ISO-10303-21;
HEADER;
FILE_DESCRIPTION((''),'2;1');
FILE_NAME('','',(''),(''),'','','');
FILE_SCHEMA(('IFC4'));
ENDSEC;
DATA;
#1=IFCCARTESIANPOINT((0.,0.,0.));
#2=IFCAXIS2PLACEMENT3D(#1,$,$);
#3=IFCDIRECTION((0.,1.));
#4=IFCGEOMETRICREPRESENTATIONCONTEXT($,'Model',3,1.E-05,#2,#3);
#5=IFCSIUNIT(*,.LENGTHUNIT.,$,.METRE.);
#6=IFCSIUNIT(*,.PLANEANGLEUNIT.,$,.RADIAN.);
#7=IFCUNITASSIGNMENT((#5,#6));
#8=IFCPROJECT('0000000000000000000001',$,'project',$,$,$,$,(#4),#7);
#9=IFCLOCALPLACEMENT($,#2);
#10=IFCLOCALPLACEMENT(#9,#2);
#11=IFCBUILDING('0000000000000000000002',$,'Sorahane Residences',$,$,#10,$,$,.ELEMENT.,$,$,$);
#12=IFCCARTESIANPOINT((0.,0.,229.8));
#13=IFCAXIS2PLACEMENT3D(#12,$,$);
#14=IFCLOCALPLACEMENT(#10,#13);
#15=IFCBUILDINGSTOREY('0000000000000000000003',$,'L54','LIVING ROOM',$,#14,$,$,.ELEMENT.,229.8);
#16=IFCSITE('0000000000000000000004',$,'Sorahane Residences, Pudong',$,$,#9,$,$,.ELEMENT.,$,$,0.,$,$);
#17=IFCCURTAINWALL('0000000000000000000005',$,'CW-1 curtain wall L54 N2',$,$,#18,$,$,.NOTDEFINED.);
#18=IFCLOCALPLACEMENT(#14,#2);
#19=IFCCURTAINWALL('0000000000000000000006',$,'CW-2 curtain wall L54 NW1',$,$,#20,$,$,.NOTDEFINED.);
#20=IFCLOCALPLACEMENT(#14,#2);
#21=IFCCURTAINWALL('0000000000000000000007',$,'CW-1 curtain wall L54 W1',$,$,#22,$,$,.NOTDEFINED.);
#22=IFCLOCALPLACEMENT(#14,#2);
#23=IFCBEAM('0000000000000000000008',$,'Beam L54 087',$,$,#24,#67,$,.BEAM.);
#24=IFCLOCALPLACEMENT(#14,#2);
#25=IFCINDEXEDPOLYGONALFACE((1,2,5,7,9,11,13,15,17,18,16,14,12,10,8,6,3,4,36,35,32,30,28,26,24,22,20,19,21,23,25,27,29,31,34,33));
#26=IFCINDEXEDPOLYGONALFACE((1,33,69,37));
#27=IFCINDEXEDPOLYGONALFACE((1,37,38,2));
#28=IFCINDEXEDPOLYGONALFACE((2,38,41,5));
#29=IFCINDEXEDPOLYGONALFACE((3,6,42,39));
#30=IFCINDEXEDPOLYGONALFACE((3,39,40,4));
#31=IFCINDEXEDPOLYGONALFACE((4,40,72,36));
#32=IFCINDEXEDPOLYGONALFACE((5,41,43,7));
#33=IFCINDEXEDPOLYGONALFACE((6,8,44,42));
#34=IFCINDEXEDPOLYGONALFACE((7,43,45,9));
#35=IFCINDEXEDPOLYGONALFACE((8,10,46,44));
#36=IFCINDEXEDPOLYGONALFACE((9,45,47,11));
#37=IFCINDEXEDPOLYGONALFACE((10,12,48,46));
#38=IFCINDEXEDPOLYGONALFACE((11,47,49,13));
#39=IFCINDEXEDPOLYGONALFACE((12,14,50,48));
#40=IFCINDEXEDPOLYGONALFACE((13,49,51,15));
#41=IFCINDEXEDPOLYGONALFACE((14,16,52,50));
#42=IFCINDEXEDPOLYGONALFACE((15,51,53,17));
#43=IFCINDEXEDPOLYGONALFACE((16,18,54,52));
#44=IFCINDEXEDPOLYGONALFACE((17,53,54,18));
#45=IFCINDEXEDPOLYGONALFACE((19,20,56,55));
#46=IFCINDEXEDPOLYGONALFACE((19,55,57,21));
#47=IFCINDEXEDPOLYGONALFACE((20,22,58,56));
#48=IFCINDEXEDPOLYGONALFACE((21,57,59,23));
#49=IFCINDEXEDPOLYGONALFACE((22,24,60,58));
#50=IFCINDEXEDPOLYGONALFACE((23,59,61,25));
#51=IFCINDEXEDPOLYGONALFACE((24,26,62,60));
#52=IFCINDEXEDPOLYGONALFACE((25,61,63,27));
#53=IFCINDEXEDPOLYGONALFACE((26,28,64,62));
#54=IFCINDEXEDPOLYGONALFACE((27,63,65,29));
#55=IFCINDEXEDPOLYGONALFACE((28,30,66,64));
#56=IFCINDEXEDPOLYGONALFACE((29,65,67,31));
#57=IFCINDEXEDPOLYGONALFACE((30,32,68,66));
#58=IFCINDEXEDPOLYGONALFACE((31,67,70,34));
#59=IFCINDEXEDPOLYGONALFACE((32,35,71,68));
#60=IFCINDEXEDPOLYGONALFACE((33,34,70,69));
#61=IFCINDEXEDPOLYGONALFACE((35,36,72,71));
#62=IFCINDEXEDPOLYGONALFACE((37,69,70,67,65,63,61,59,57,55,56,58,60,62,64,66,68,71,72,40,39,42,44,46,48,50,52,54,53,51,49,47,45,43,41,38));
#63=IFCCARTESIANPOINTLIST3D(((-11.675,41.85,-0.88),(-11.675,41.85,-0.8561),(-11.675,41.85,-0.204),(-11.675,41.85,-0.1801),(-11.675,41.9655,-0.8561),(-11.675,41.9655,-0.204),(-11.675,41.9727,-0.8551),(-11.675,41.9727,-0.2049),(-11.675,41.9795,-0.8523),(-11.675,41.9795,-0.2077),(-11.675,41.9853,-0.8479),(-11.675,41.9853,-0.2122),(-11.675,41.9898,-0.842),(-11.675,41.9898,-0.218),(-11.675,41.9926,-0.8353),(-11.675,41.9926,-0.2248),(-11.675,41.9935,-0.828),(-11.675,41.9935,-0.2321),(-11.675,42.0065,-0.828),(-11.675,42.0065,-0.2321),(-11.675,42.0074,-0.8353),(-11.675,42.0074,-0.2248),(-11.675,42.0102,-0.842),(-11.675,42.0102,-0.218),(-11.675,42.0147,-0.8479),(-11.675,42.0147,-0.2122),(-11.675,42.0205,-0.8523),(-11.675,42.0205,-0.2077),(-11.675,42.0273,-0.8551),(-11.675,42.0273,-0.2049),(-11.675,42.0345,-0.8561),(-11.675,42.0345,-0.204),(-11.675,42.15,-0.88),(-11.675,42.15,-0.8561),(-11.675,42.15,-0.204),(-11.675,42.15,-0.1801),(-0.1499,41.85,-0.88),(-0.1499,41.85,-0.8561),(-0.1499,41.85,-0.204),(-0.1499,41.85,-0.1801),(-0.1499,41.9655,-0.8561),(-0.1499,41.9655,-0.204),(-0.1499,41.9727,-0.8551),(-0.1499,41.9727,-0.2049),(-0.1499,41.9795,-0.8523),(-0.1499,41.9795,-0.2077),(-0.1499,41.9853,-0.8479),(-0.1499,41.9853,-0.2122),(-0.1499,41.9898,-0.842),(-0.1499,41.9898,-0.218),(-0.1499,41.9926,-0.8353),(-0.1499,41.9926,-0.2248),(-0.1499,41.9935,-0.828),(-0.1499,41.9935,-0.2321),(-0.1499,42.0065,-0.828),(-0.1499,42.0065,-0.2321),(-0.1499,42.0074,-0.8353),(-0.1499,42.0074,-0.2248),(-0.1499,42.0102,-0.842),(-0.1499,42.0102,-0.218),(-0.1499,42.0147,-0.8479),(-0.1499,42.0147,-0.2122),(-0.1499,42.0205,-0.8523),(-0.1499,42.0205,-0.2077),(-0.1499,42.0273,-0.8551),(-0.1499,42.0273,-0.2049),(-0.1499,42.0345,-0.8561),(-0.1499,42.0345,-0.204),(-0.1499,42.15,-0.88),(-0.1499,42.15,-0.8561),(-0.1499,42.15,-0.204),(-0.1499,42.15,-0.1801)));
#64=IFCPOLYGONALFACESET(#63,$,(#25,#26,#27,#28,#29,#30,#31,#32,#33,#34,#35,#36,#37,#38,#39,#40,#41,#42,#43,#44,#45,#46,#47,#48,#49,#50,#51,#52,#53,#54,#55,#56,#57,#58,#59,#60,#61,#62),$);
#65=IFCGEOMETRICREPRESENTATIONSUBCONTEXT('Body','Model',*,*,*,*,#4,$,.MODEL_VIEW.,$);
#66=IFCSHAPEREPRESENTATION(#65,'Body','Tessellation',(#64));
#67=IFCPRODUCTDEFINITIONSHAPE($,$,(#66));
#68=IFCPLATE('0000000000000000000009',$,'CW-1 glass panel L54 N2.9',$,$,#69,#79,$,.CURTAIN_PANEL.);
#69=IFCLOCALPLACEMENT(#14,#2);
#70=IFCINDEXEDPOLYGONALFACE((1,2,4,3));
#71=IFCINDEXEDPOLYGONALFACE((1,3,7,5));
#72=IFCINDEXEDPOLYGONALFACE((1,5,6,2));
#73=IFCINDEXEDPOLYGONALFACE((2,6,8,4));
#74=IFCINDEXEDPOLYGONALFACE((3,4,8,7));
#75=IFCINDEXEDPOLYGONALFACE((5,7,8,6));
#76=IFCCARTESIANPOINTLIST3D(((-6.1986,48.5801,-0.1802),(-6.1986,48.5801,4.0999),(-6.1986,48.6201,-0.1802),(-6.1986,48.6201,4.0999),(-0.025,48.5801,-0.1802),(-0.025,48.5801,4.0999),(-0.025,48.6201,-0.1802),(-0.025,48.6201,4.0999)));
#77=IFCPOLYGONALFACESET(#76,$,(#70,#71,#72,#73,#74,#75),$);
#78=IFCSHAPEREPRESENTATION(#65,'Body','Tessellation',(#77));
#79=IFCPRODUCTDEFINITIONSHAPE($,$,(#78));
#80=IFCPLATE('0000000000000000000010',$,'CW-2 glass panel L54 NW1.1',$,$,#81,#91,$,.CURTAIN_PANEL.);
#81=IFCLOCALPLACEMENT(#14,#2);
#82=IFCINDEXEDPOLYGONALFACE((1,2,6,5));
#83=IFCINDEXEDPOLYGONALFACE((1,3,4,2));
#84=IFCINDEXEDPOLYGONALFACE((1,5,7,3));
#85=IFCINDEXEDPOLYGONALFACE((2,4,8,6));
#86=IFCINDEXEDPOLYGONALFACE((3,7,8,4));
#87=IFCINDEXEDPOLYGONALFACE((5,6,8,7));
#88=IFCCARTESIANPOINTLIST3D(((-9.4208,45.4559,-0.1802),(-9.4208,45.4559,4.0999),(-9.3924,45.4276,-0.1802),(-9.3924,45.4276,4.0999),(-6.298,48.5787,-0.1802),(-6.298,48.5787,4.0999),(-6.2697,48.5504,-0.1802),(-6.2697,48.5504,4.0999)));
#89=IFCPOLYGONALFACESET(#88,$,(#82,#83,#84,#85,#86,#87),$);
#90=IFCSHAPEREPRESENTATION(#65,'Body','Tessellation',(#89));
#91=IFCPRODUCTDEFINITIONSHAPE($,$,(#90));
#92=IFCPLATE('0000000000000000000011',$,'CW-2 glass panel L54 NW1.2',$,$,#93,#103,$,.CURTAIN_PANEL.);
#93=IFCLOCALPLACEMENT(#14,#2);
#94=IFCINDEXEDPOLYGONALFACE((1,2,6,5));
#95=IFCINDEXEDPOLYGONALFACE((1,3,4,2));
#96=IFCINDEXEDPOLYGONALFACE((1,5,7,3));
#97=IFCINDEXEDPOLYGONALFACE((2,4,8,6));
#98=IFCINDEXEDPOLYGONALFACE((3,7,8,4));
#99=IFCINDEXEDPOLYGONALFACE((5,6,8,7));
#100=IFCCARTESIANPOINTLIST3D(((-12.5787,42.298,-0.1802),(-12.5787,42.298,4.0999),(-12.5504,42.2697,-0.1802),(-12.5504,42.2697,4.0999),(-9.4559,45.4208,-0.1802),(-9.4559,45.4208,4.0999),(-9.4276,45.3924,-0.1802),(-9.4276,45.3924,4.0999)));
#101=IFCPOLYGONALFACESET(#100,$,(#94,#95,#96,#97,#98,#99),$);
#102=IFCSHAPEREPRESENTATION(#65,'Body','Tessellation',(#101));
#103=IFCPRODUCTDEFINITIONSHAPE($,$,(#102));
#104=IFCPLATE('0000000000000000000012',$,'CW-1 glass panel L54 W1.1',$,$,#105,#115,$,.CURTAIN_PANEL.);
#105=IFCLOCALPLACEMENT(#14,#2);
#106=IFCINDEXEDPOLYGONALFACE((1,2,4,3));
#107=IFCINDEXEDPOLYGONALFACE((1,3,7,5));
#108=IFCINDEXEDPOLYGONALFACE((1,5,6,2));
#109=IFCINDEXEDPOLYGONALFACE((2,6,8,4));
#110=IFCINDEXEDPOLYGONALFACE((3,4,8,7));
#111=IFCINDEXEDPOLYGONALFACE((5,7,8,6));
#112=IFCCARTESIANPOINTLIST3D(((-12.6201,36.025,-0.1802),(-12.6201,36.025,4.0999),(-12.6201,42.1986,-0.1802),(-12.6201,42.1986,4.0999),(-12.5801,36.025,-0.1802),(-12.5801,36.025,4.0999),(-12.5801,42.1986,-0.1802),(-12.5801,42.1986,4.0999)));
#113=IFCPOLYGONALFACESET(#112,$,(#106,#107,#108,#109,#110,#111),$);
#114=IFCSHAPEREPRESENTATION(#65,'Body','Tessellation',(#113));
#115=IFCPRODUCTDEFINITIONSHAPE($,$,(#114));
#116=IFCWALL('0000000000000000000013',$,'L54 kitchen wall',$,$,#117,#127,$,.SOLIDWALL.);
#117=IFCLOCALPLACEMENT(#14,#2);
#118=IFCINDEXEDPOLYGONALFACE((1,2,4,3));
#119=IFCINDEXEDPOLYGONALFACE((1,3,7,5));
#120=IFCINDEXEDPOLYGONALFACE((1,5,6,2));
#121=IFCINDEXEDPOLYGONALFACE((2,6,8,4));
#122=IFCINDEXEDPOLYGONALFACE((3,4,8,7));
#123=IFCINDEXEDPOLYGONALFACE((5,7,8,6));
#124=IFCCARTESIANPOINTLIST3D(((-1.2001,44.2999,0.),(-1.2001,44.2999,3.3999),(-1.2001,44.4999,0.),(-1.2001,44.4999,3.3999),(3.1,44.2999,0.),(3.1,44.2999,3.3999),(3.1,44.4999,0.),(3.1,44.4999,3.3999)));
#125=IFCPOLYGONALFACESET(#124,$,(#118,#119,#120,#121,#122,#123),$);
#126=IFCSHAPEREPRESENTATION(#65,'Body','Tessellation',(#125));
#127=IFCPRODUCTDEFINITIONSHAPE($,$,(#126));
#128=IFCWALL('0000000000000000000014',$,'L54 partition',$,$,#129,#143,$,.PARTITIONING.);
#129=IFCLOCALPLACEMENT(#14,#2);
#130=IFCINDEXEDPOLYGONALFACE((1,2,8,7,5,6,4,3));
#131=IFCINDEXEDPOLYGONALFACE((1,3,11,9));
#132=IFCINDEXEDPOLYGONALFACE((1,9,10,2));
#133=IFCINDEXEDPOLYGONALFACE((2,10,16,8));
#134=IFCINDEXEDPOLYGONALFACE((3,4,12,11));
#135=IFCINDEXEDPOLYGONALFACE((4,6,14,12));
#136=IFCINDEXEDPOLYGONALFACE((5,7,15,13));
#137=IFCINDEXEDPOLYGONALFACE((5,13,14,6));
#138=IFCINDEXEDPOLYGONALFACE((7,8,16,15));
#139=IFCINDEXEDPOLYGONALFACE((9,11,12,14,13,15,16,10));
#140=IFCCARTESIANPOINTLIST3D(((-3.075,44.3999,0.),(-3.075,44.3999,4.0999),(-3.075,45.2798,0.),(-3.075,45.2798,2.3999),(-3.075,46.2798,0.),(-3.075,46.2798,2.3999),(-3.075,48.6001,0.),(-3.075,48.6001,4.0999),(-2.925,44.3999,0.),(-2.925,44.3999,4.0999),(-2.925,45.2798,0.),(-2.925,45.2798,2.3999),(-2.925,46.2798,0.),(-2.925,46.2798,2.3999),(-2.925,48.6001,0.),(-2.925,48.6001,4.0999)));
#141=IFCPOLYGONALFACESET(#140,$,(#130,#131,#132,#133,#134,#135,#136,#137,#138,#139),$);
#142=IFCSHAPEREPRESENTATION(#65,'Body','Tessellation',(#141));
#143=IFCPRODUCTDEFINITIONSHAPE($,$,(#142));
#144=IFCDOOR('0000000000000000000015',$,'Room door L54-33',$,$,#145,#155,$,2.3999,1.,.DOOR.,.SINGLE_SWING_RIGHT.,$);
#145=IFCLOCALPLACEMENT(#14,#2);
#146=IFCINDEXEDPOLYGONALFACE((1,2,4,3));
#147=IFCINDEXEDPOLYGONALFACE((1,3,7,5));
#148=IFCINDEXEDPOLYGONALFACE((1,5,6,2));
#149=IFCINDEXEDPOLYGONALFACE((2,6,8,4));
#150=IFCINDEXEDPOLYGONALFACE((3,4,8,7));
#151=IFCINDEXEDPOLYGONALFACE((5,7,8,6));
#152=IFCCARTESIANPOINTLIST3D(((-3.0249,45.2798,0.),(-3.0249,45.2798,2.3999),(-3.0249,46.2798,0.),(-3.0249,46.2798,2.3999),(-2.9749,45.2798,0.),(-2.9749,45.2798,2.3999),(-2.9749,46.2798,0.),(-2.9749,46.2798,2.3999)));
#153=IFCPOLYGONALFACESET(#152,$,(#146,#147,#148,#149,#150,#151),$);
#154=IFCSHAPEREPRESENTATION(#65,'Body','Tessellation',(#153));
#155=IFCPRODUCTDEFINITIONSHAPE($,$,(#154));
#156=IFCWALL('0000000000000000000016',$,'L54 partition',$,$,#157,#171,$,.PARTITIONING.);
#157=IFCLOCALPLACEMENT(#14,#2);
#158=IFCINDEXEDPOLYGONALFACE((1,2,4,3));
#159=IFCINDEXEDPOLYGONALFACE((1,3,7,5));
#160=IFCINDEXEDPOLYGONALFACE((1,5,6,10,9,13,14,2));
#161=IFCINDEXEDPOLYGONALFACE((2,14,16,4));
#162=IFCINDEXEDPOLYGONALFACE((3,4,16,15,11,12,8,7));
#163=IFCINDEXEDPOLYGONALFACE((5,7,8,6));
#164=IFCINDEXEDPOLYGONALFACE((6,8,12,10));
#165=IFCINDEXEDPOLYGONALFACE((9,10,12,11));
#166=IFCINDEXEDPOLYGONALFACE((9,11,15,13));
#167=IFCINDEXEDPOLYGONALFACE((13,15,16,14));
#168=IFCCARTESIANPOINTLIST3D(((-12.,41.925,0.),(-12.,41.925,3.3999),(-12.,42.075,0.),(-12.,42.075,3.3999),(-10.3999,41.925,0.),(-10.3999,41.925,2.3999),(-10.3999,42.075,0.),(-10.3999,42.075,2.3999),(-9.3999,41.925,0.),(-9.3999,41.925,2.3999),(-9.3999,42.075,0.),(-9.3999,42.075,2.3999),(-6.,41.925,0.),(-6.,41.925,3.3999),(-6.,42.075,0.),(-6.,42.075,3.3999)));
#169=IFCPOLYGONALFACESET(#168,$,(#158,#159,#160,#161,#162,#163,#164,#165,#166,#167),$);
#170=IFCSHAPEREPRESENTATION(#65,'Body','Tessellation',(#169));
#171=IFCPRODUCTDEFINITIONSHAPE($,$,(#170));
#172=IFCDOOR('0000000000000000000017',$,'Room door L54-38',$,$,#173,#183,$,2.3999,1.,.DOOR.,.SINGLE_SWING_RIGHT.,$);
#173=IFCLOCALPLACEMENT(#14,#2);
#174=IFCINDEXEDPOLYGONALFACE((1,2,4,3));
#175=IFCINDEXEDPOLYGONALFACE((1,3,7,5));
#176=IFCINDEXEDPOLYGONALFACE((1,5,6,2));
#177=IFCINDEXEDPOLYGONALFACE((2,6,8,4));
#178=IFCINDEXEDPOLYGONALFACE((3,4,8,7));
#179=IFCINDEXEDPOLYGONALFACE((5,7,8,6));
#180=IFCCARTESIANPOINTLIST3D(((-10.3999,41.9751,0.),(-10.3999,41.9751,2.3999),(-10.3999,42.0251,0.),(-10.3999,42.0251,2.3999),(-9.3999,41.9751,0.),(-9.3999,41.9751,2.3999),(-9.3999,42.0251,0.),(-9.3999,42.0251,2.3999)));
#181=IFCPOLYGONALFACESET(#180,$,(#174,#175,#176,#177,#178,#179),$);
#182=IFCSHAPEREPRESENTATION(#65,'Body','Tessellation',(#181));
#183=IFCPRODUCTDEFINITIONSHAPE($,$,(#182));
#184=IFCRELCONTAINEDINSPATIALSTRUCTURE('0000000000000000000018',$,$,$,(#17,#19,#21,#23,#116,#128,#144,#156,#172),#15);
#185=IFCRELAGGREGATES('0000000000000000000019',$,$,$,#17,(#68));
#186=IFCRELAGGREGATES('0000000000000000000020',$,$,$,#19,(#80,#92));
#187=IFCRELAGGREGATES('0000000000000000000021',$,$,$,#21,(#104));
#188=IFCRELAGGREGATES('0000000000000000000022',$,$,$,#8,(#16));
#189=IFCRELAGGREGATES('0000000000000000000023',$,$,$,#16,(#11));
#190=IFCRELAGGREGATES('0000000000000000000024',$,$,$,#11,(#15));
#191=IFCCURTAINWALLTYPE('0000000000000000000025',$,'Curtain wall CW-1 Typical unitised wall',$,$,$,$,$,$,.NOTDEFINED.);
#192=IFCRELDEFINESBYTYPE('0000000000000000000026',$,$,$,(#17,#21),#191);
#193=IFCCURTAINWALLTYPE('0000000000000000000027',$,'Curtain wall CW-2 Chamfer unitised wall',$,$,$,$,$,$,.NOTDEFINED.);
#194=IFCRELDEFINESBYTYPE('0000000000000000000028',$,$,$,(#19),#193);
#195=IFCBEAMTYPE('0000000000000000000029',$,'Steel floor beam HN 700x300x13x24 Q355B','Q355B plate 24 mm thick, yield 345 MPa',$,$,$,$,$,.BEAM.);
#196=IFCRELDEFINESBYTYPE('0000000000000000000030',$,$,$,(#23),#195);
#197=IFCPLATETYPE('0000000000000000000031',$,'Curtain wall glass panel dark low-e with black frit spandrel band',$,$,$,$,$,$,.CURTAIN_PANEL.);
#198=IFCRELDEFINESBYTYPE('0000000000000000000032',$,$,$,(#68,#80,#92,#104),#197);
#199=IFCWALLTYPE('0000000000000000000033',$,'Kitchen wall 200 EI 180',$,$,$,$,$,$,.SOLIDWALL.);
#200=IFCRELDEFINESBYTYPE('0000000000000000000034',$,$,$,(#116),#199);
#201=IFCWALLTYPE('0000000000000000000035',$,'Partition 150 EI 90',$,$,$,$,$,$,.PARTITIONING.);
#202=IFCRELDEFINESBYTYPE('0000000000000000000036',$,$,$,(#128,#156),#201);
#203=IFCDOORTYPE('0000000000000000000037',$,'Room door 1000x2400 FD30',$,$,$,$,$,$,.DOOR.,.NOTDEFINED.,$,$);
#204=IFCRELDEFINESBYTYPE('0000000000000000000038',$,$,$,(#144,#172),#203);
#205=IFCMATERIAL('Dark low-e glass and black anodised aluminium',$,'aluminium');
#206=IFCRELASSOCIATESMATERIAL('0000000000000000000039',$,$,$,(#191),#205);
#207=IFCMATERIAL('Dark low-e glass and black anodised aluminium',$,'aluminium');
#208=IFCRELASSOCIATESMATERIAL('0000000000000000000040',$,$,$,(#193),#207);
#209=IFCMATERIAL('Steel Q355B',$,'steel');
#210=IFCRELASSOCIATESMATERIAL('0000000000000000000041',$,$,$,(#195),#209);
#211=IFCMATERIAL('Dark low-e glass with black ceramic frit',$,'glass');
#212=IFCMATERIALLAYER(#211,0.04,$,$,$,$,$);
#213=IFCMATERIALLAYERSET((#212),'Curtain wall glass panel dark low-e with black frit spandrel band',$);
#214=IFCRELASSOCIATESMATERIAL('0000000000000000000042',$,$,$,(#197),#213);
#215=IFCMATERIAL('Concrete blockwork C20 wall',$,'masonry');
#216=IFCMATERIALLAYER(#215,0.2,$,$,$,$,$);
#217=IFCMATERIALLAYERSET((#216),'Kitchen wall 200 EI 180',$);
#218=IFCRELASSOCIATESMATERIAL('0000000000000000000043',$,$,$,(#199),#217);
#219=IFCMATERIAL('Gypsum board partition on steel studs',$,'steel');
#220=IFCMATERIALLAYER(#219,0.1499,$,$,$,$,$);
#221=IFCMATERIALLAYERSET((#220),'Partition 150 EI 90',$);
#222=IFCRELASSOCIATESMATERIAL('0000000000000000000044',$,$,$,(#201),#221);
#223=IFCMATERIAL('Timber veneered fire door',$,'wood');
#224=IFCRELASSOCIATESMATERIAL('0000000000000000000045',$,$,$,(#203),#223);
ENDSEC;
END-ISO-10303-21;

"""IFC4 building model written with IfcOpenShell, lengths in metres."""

from ifc_helpers import new_model, si_unit, direction, frame, frame_2d, origin, origin_2d, place, context, subcontext, project, spatial, rectangle, i_section, extrude, material, layer, layer_set, material_profile, profile_set, type_object, element, fill, aggregate, save


model = new_model("IFC4")

# Units and contexts
model_context = context("Model", 3, precision=1e-05, world=origin(), true_north=direction((0.0, 1.0)))
body_context = subcontext(model_context, "Body", "Model", "MODEL_VIEW")
ifc_project = project(units=[si_unit("LENGTHUNIT", "METRE"), si_unit("PLANEANGLEUNIT", "RADIAN")], contexts=[model_context])

# Site, building, storey
site_placement = place(None, origin())
site = spatial("IfcSite", under=ifc_project, at=site_placement, Name="Sorahane Residences, Pudong", CompositionType="ELEMENT", RefElevation=0.0)
building_placement = place(site_placement, origin())
building = spatial("IfcBuilding", under=site, at=building_placement, Name="Sorahane Residences", CompositionType="ELEMENT")
storey_placement = place(building_placement, frame((0.0, 0.0, 229.8)))
storey = spatial("IfcBuildingStorey", under=building, at=storey_placement, Name="L54", Description="LIVING ROOM", CompositionType="ELEMENT", Elevation=229.8)

# Curtain walls
ifc_material_1 = material(Name="Dark low-e glass and black anodised aluminium", Category="aluminium")
curtain_wall_type_1 = type_object("IfcCurtainWallType", Name="Curtain wall CW-1 Typical unitised wall", PredefinedType="NOTDEFINED", material=ifc_material_1)
curtain_wall_1_placement = place(storey_placement, origin())
curtain_wall_1 = element("IfcCurtainWall", 1, at=curtain_wall_1_placement, inside=storey, type_object=curtain_wall_type_1, Name="CW-1 curtain wall L54 N2", PredefinedType="NOTDEFINED")
ifc_material_2 = material(Name="Dark low-e glass and black anodised aluminium", Category="aluminium")
curtain_wall_type_2 = type_object("IfcCurtainWallType", Name="Curtain wall CW-2 Chamfer unitised wall", PredefinedType="NOTDEFINED", material=ifc_material_2)
curtain_wall_2_placement = place(storey_placement, origin())
curtain_wall_2 = element("IfcCurtainWall", 2, at=curtain_wall_2_placement, inside=storey, type_object=curtain_wall_type_2, Name="CW-2 curtain wall L54 NW1", PredefinedType="NOTDEFINED")

# Curtain wall
curtain_wall_3_placement = place(storey_placement, origin())
curtain_wall_3 = element("IfcCurtainWall", 3, at=curtain_wall_3_placement, inside=storey, type_object=curtain_wall_type_1, Name="CW-1 curtain wall L54 W1", PredefinedType="NOTDEFINED")

# Beam
ifc_material_3 = material(Name="Steel Q355B", Category="steel")
ifc_material_profile_1 = material_profile(ifc_material_3, i_section(OverallWidth=0.3, OverallDepth=0.7, WebThickness=0.0129, FlangeThickness=0.0239, FilletRadius=0.0281, at=origin_2d()), Name="HN 700x300x13x24")
ifc_profile_set_1 = profile_set([ifc_material_profile_1], Name="Steel Q355B")
beam_type_1 = type_object("IfcBeamType", Name="Steel floor beam HN 700x300x13x24 Q355B", Description="Q355B plate 24 mm thick, yield 345 MPa", PredefinedType="BEAM", material=ifc_profile_set_1)
beam_1_placement = place(storey_placement, frame((-11.675, 42.0, -0.53), z_axis=(1.0, 0.0, 0.0), x_axis=(0.0, 1.0, 0.0)))
element("IfcBeam", 4, at=beam_1_placement, inside=storey, type_object=beam_type_1, Name="Beam L54 087", PredefinedType="BEAM", context=body_context, shape_type="SweptSolid", body=[
    extrude(i_section(OverallWidth=0.3, OverallDepth=0.7, WebThickness=0.0129, FlangeThickness=0.0239, FilletRadius=0.0281, at=origin_2d()), origin(), (0.0, 0.0, 1.0), 11.5251),
])

# Plates
ifc_material_4 = material(Name="Dark low-e glass with black ceramic frit", Category="glass")
ifc_layer_1 = layer(ifc_material_4, 0.04)
ifc_layer_set_1 = layer_set([ifc_layer_1], Name="Curtain wall glass panel dark low-e with black frit spandrel band")
plate_type = type_object("IfcPlateType", Name="Curtain wall glass panel dark low-e with black frit spandrel band", PredefinedType="CURTAIN_PANEL", material=ifc_layer_set_1)
plate_1_placement = place(storey_placement, frame((-3.1118, 48.6001, -0.1802), z_axis=(0.0, 0.0, 1.0), x_axis=(-1.0, 0.0, 0.0)))
plate_1 = element("IfcPlate", 5, at=plate_1_placement, type_object=plate_type, Name="CW-1 glass panel L54 N2.9", PredefinedType="CURTAIN_PANEL", context=body_context, shape_type="SweptSolid", body=[
    extrude(rectangle(XDim=6.1736, YDim=0.04, at=origin_2d()), origin(), (0.0, 0.0, 1.0), 4.28),
])
aggregate(curtain_wall_1, [plate_1])
plate_2_placement = place(storey_placement, frame((-7.8452, 47.0032, -0.1802), z_axis=(0.0, 0.0, 1.0), x_axis=(-0.707107, -0.707107, 0.0)))
plate_2 = element("IfcPlate", 6, at=plate_2_placement, type_object=plate_type, Name="CW-2 glass panel L54 NW1.1", PredefinedType="CURTAIN_PANEL", context=body_context, shape_type="SweptSolid", body=[
    extrude(rectangle(XDim=4.4163, YDim=0.04, at=origin_2d()), origin(), (0.0, 0.0, 1.0), 4.28),
])
plate_3_placement = place(storey_placement, frame((-11.0032, 43.8452, -0.1802), z_axis=(0.0, 0.0, 1.0), x_axis=(-0.707107, -0.707107, 0.0)))
plate_3 = element("IfcPlate", 7, at=plate_3_placement, type_object=plate_type, Name="CW-2 glass panel L54 NW1.2", PredefinedType="CURTAIN_PANEL", context=body_context, shape_type="SweptSolid", body=[
    extrude(rectangle(XDim=4.4163, YDim=0.04, at=origin_2d()), origin(), (0.0, 0.0, 1.0), 4.28),
])
aggregate(curtain_wall_2, [plate_2, plate_3])
plate_4_placement = place(storey_placement, frame((-12.6001, 39.1118, -0.1802), z_axis=(0.0, 0.0, 1.0), x_axis=(0.0, -1.0, 0.0)))
plate_4 = element("IfcPlate", 8, at=plate_4_placement, type_object=plate_type, Name="CW-1 glass panel L54 W1.1", PredefinedType="CURTAIN_PANEL", context=body_context, shape_type="SweptSolid", body=[
    extrude(rectangle(XDim=6.1736, YDim=0.04, at=origin_2d()), origin(), (0.0, 0.0, 1.0), 4.28),
])
aggregate(curtain_wall_3, [plate_4])

# Shared definitions
ifc_material_5 = material(Name="Concrete blockwork C20 wall", Category="masonry")
ifc_layer_2 = layer(ifc_material_5, 0.2)
ifc_layer_set_2 = layer_set([ifc_layer_2], Name="Kitchen wall 200 EI 180")
wall_type_1 = type_object("IfcWallType", Name="Kitchen wall 200 EI 180", PredefinedType="SOLIDWALL", material=ifc_layer_set_2)

# Wall
wall_1_placement = place(storey_placement, frame((-1.2, 44.3999, 0.0), z_axis=(0.0, 0.0, 1.0), x_axis=(1.0, 0.0, 0.0)))
element("IfcWall", 9, at=wall_1_placement, inside=storey, type_object=wall_type_1, Name="L54 kitchen wall", PredefinedType="SOLIDWALL", context=body_context, shape_type="SweptSolid", body=[
    extrude(rectangle(XDim=4.3, YDim=0.2, at=frame_2d((2.1499, 0.0))), origin(), (0.0, 0.0, 1.0), 3.3999),
])

# Walls, openings, doors
ifc_material_6 = material(Name="Gypsum board partition on steel studs", Category="steel")
ifc_layer_3 = layer(ifc_material_6, 0.1499)
ifc_layer_set_3 = layer_set([ifc_layer_3], Name="Partition 150 EI 90")
wall_type_2 = type_object("IfcWallType", Name="Partition 150 EI 90", PredefinedType="PARTITIONING", material=ifc_layer_set_3)
wall_2_placement = place(storey_placement, frame((-3.0, 44.3999, 0.0), z_axis=(0.0, 0.0, 1.0), x_axis=(0.0, 1.0, 0.0)))
wall_2 = element("IfcWall", 10, at=wall_2_placement, inside=storey, type_object=wall_type_2, Name="L54 partition", PredefinedType="PARTITIONING", context=body_context, shape_type="SweptSolid", body=[
    extrude(rectangle(XDim=4.2002, YDim=0.1499, at=frame_2d((2.1001, 0.0))), origin(), (0.0, 0.0, 1.0), 4.0999),
])
opening_1_placement = place(wall_2_placement, frame((0.8799, 0.0, 0.0)))
opening_1 = element("IfcOpeningElement", 11, at=opening_1_placement, cuts=wall_2, PredefinedType="OPENING", context=body_context, shape_type="SweptSolid", body=[
    extrude(rectangle(XDim=1.0, YDim=2.3999, at=frame_2d((0.5, 1.2))), frame((0.0, 0.085, 0.0), z_axis=(0.0, -1.0, 0.0), x_axis=(1.0, 0.0, 0.0)), (0.0, 0.0, 1.0), 0.1699),
])
ifc_material_7 = material(Name="Timber veneered fire door", Category="wood")
door_type_1 = type_object("IfcDoorType", Name="Room door 1000x2400 FD30", OperationType="NOTDEFINED", PredefinedType="DOOR", material=ifc_material_7)
door_1_placement = place(opening_1_placement, origin())
door_1 = element("IfcDoor", 12, at=door_1_placement, inside=storey, type_object=door_type_1, Name="Room door L54-33", OperationType="SINGLE_SWING_RIGHT", OverallHeight=2.3999, OverallWidth=1.0, PredefinedType="DOOR", context=body_context, shape_type="SweptSolid", body=[
    extrude(rectangle(XDim=1.0, YDim=2.3999, at=frame_2d((0.5, 1.2))), frame((0.0, 0.0249, 0.0), z_axis=(0.0, -1.0, 0.0), x_axis=(1.0, 0.0, 0.0)), (0.0, 0.0, 1.0), 0.05),
])
fill(opening_1, door_1)
wall_3_placement = place(storey_placement, frame((-12.0, 42.0, 0.0), z_axis=(0.0, 0.0, 1.0), x_axis=(1.0, 0.0, 0.0)))
wall_3 = element("IfcWall", 13, at=wall_3_placement, inside=storey, type_object=wall_type_2, Name="L54 partition", PredefinedType="PARTITIONING", context=body_context, shape_type="SweptSolid", body=[
    extrude(rectangle(XDim=6.0, YDim=0.1499, at=frame_2d((3.0, 0.0))), origin(), (0.0, 0.0, 1.0), 3.3999),
])
opening_2_placement = place(wall_3_placement, frame((1.6001, 0.0, 0.0)))
opening_2 = element("IfcOpeningElement", 14, at=opening_2_placement, cuts=wall_3, PredefinedType="OPENING", context=body_context, shape_type="SweptSolid", body=[
    extrude(rectangle(XDim=1.0, YDim=2.3999, at=frame_2d((0.5, 1.2))), frame((0.0, 0.085, 0.0), z_axis=(0.0, -1.0, 0.0), x_axis=(1.0, 0.0, 0.0)), (0.0, 0.0, 1.0), 0.1699),
])
door_2_placement = place(opening_2_placement, frame((1.0, 0.0, 0.0), z_axis=(0.0, 0.0, 1.0), x_axis=(-1.0, 0.0, 0.0)))
door_2 = element("IfcDoor", 15, at=door_2_placement, inside=storey, type_object=door_type_1, Name="Room door L54-38", OperationType="SINGLE_SWING_RIGHT", OverallHeight=2.3999, OverallWidth=1.0, PredefinedType="DOOR", context=body_context, shape_type="SweptSolid", body=[
    extrude(rectangle(XDim=1.0, YDim=2.3999, at=frame_2d((0.5, 1.2))), frame((0.0, 0.0249, 0.0), z_axis=(0.0, -1.0, 0.0), x_axis=(1.0, 0.0, 0.0)), (0.0, 0.0, 1.0), 0.05),
])
fill(opening_2, door_2)

save(model, "model.ifc")
